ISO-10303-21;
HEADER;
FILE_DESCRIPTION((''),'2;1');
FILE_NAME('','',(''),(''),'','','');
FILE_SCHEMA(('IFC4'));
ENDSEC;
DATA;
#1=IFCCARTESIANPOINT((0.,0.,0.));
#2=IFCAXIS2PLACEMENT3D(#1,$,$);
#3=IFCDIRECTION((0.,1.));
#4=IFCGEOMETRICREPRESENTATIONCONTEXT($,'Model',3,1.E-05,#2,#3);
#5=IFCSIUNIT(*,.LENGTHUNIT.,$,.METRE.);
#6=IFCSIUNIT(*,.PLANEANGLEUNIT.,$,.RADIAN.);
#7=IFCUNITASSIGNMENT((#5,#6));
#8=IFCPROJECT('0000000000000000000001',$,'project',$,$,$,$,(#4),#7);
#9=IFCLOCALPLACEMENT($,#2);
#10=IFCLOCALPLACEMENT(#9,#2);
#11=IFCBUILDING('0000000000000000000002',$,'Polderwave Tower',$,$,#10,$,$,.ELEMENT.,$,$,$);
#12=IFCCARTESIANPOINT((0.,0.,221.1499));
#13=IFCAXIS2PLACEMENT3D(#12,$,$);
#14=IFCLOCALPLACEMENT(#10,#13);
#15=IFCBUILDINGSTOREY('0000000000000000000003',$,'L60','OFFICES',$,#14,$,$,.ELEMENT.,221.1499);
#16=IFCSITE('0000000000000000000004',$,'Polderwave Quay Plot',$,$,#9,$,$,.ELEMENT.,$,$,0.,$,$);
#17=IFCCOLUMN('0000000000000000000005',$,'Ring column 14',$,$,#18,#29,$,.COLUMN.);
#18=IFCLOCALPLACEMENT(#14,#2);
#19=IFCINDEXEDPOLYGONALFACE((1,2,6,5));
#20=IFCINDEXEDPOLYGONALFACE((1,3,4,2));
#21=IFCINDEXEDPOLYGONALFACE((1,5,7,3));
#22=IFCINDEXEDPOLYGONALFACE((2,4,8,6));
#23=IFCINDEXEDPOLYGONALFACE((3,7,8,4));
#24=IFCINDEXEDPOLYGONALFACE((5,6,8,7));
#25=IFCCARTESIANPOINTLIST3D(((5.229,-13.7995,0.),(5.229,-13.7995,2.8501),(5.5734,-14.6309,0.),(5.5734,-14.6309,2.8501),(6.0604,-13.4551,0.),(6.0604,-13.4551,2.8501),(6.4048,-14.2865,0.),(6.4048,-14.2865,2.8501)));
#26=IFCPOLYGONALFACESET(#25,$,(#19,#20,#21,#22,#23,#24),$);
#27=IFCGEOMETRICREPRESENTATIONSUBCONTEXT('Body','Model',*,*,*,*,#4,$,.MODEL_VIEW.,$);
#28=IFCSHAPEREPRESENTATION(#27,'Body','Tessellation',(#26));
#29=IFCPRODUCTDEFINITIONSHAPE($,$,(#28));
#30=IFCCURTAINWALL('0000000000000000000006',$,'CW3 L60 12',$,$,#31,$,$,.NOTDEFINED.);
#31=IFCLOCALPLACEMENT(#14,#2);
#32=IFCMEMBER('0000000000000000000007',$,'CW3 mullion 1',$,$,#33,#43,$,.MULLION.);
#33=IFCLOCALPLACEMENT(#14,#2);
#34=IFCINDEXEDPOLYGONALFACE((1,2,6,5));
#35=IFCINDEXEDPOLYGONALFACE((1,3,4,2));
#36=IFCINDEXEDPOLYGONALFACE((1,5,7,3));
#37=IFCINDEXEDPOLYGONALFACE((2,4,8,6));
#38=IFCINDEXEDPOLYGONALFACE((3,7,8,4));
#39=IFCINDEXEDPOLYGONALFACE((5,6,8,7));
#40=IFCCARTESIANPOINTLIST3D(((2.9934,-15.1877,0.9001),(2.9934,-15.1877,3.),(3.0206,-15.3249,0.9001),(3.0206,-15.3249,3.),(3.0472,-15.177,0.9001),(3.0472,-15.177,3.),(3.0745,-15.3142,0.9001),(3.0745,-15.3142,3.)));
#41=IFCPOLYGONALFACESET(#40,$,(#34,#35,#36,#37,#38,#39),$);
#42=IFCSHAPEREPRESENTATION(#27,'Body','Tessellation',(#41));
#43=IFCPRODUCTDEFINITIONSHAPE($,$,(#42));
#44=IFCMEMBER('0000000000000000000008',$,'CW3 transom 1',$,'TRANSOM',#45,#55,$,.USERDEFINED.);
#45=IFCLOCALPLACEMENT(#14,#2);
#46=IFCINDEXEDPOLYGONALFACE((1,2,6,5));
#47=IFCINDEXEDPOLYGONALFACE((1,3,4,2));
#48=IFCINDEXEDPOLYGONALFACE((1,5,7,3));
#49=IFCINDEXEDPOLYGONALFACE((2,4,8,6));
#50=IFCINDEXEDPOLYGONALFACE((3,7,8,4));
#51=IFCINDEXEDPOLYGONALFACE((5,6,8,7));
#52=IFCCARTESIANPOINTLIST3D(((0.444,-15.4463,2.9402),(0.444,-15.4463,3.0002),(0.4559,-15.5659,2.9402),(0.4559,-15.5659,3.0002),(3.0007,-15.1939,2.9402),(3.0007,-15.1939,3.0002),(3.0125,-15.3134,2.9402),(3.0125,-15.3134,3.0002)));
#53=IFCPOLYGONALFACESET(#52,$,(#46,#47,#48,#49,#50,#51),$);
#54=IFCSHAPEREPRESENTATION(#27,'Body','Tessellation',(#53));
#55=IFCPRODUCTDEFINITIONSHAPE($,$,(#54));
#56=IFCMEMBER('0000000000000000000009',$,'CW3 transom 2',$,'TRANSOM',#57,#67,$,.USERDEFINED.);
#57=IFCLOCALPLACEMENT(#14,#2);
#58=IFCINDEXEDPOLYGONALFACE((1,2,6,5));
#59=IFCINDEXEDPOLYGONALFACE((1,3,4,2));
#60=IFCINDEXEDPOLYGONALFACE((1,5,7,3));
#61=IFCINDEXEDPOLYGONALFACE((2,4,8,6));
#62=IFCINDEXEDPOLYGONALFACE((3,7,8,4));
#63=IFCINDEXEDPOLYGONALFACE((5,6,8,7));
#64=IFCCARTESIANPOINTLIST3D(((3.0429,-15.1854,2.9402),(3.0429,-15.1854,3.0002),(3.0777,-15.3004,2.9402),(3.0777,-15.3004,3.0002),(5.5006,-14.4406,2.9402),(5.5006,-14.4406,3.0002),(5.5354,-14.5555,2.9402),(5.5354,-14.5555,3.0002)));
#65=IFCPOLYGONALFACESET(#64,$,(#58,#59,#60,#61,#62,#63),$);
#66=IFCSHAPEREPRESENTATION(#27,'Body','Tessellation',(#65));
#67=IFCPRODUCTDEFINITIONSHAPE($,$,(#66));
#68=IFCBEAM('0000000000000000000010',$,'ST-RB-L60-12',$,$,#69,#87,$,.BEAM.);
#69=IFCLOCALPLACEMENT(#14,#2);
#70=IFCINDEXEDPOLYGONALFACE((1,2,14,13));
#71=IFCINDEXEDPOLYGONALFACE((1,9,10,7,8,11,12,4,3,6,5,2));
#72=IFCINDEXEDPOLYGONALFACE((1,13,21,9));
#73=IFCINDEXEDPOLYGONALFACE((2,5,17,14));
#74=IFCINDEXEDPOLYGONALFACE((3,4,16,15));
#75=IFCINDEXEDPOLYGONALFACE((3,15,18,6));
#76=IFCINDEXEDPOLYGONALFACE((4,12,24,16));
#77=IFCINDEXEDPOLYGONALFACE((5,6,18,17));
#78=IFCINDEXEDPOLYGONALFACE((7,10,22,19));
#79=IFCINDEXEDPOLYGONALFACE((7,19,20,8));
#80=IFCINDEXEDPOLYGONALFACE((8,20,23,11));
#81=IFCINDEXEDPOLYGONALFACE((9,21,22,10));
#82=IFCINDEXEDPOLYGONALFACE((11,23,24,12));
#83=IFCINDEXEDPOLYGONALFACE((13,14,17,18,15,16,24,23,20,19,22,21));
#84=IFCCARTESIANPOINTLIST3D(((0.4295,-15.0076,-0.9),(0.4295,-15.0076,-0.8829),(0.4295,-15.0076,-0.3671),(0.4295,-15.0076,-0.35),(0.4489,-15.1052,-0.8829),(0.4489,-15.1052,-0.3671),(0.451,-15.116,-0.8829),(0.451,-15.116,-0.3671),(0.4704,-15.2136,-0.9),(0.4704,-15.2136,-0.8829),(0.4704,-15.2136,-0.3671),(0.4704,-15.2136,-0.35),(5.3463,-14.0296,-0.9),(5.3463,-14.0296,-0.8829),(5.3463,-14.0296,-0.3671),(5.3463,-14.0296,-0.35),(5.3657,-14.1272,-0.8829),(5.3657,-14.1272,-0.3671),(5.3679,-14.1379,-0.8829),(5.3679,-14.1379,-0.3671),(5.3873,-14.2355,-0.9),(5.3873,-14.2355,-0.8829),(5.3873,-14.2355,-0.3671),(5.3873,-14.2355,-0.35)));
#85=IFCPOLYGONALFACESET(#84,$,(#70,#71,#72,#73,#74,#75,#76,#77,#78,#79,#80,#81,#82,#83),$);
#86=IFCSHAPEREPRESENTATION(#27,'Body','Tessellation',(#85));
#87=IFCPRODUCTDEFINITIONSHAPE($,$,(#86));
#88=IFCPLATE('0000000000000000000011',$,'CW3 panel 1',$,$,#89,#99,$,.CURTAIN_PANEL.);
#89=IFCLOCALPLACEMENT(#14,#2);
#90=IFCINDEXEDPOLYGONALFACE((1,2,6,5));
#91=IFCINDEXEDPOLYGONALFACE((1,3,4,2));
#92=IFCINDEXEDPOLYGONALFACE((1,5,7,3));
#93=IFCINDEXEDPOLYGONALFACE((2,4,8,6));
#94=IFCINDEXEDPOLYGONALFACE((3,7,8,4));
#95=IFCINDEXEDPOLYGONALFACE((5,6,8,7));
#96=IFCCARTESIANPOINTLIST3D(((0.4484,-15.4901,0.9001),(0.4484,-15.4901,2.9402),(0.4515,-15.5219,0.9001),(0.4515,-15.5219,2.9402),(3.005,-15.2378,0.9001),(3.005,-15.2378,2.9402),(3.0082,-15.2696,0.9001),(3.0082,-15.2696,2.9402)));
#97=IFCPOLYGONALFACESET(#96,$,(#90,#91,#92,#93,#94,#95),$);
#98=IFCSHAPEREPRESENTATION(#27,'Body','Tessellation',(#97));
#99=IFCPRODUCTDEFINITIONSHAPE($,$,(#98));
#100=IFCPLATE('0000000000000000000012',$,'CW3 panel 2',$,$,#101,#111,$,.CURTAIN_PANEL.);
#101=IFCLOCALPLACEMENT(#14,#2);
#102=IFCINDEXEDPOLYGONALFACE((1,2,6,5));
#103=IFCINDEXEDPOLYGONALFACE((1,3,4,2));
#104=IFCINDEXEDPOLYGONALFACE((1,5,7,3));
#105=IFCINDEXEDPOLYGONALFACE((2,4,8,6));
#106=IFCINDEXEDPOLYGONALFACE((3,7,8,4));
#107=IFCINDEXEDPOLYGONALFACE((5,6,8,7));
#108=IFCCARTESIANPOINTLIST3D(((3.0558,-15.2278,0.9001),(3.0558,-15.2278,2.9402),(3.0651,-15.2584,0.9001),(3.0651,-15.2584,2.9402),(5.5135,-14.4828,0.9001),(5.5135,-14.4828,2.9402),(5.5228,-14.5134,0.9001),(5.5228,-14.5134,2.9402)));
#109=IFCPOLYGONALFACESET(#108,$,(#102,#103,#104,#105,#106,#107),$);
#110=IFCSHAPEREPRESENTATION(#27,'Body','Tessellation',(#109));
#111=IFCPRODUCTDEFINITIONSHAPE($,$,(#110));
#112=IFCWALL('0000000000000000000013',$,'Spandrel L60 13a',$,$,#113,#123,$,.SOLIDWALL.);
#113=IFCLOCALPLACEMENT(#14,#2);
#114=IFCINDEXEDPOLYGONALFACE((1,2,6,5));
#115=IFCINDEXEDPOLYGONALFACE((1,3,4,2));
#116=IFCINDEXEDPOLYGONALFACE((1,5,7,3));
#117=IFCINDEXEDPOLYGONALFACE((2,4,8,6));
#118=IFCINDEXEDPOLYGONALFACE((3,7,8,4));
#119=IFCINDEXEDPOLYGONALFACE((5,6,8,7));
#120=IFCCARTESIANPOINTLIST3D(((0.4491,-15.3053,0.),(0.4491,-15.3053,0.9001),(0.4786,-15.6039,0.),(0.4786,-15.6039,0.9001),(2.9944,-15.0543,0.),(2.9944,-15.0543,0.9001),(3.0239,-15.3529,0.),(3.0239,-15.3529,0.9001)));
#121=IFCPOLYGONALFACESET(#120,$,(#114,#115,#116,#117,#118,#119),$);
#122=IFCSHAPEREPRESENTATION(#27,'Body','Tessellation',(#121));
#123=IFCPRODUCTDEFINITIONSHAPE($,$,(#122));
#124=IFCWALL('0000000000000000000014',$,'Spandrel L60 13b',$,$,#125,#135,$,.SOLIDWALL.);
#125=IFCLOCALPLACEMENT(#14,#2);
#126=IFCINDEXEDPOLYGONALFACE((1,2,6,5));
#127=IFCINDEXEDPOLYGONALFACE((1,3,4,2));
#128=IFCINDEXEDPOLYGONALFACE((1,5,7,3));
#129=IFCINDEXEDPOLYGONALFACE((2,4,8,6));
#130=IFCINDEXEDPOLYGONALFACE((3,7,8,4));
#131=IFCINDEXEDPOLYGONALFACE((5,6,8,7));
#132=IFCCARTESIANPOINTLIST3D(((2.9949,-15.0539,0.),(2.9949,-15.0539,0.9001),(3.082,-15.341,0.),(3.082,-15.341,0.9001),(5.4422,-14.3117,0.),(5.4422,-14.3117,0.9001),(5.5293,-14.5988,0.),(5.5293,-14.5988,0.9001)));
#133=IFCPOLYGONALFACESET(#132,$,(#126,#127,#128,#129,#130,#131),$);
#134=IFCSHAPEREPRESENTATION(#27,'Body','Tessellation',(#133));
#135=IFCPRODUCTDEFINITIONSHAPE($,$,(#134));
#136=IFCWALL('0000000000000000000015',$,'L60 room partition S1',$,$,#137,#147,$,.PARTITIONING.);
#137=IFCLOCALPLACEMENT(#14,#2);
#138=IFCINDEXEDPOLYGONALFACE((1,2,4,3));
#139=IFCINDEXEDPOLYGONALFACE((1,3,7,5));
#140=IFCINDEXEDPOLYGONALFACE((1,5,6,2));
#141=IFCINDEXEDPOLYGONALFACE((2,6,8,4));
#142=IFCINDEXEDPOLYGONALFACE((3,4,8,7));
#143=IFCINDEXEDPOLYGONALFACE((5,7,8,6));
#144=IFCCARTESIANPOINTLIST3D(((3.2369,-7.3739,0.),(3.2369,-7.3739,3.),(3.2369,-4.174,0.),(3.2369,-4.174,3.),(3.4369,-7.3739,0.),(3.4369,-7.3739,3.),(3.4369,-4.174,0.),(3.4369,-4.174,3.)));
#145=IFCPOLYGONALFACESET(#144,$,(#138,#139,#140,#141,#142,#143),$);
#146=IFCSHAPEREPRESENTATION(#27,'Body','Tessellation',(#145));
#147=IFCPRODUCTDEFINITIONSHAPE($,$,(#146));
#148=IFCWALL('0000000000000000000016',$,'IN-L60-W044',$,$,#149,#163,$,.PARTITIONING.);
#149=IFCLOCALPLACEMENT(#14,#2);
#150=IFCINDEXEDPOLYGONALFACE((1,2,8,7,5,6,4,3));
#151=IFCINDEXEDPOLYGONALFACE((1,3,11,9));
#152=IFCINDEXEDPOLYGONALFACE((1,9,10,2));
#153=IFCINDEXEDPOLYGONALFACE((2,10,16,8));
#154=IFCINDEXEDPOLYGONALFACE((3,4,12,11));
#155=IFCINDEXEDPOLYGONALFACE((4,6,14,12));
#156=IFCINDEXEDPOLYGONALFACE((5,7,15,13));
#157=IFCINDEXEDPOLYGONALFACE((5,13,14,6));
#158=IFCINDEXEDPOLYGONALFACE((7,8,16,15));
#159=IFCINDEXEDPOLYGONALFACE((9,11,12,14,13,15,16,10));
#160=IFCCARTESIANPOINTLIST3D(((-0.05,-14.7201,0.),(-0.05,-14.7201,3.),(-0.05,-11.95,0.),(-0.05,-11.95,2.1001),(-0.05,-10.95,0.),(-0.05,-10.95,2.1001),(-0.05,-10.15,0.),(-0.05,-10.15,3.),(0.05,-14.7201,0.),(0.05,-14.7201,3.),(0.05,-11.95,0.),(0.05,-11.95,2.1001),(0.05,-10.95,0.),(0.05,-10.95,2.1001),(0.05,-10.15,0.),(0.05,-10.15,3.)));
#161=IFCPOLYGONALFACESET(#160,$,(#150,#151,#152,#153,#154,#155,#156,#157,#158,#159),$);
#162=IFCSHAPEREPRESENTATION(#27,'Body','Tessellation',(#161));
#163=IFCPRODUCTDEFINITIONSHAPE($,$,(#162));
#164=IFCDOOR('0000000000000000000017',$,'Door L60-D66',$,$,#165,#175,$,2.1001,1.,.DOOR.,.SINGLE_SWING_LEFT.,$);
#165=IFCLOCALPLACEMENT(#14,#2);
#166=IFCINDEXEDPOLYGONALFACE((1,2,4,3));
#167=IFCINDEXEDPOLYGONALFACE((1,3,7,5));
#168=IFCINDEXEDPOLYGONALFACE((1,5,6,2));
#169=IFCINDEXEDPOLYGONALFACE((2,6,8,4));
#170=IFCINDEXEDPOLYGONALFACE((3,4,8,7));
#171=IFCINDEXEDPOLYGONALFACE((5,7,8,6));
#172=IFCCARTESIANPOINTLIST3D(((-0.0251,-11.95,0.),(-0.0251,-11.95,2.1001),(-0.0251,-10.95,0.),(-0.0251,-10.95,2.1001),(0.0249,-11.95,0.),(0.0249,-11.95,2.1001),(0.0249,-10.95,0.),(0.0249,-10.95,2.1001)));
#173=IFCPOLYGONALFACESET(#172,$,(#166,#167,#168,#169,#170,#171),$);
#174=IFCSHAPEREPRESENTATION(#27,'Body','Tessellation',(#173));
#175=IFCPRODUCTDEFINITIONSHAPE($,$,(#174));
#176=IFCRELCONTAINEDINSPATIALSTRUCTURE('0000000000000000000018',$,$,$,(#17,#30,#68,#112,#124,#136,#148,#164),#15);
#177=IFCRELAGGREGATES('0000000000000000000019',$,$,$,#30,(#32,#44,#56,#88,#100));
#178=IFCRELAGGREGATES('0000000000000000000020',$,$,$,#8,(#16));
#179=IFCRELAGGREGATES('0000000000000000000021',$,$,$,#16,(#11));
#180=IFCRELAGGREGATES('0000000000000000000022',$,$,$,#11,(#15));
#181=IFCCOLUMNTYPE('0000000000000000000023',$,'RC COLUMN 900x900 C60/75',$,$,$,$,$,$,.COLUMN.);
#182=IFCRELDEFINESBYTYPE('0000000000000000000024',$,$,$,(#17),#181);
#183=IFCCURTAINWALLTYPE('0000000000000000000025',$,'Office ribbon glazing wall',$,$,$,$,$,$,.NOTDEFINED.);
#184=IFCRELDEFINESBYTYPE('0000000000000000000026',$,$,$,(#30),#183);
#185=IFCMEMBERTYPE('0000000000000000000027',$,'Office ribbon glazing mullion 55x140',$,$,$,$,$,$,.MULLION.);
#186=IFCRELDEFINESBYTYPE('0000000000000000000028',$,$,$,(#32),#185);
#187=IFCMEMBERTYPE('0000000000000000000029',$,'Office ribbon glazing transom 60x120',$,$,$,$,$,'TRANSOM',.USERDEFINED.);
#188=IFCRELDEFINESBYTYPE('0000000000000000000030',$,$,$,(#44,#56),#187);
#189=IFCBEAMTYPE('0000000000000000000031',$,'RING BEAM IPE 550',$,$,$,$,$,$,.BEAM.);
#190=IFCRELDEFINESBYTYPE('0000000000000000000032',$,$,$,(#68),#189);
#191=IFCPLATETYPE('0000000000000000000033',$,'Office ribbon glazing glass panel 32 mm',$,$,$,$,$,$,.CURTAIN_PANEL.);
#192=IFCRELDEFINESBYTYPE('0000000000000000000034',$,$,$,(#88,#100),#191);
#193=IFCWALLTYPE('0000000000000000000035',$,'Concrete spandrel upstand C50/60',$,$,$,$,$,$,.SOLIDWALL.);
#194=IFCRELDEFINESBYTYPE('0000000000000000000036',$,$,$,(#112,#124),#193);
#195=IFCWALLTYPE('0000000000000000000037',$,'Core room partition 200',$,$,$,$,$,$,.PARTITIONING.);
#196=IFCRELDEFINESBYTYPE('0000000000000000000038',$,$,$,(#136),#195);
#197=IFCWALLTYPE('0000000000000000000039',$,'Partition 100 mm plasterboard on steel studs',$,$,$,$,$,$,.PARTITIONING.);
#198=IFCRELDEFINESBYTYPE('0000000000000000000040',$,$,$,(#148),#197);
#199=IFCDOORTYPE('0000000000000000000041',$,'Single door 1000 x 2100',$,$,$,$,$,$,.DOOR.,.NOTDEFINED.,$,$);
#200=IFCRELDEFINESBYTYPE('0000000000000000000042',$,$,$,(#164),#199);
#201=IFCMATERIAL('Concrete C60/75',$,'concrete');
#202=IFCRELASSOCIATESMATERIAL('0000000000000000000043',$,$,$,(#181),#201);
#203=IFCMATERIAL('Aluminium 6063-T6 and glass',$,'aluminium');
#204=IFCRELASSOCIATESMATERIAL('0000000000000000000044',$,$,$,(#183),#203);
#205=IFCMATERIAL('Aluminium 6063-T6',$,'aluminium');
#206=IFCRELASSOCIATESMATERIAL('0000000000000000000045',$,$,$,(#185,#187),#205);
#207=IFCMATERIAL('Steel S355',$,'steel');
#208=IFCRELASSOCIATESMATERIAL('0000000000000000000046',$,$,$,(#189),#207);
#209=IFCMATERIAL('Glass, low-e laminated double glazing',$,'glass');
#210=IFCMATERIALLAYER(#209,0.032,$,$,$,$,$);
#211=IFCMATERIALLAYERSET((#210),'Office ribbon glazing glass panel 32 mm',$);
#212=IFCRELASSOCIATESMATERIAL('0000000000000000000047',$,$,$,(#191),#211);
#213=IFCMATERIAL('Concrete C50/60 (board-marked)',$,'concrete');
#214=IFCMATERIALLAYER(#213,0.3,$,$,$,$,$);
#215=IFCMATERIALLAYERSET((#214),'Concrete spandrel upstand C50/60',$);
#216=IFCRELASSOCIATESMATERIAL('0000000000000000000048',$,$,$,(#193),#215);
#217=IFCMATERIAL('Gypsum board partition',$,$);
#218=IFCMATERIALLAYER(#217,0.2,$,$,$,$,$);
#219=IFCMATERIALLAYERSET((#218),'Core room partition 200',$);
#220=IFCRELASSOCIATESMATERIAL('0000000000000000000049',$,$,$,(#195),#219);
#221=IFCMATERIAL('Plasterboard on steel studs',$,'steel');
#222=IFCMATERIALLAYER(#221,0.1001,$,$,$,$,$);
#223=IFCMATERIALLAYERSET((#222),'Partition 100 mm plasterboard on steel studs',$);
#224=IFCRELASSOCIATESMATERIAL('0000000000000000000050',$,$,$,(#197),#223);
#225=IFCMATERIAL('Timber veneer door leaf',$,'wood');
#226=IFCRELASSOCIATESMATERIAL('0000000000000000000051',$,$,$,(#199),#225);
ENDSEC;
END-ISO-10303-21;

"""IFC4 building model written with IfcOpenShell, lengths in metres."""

from ifc_helpers import new_model, si_unit, direction, frame, frame_2d, origin, origin_2d, place, context, subcontext, project, spatial, rectangle, i_section, extrude, material, layer, layer_set, material_profile, profile_set, type_object, element, fill, aggregate, save


model = new_model("IFC4")

# Units and contexts
model_context = context("Model", 3, precision=1e-05, world=origin(), true_north=direction((0.0, 1.0)))
body_context = subcontext(model_context, "Body", "Model", "MODEL_VIEW")
ifc_project = project(units=[si_unit("LENGTHUNIT", "METRE"), si_unit("PLANEANGLEUNIT", "RADIAN")], contexts=[model_context])

# Site, building, storey
site_placement = place(None, origin())
site = spatial("IfcSite", under=ifc_project, at=site_placement, Name="Polderwave Quay Plot", CompositionType="ELEMENT", RefElevation=0.0)
building_placement = place(site_placement, origin())
building = spatial("IfcBuilding", under=site, at=building_placement, Name="Polderwave Tower", CompositionType="ELEMENT")
storey_placement = place(building_placement, frame((0.0, 0.0, 221.1499)))
storey = spatial("IfcBuildingStorey", under=building, at=storey_placement, Name="L60", Description="OFFICES", CompositionType="ELEMENT", Elevation=221.1499)

# Column
ifc_material_1 = material(Name="Concrete C60/75", Category="concrete")
ifc_material_profile_1 = material_profile(ifc_material_1, rectangle(XDim=0.8999, YDim=0.8999, at=origin_2d()), Name="RC 900x900")
ifc_profile_set_1 = profile_set([ifc_material_profile_1], Name="Concrete C60/75")
column_type = type_object("IfcColumnType", Name="RC COLUMN 900x900 C60/75", PredefinedType="COLUMN", material=ifc_profile_set_1)
column_placement = place(storey_placement, frame((5.8169, -14.043, 0.0), z_axis=(0.0, 0.0, 1.0), x_axis=(0.382683, -0.92388, 0.0)))
element("IfcColumn", 1, at=column_placement, inside=storey, type_object=column_type, Name="Ring column 14", PredefinedType="COLUMN", context=body_context, shape_type="SweptSolid", body=[
    extrude(rectangle(XDim=0.8999, YDim=0.8999, at=origin_2d()), origin(), (0.0, 0.0, 1.0), 2.8501),
])

# Curtain wall, members
ifc_material_2 = material(Name="Aluminium 6063-T6 and glass", Category="aluminium")
curtain_wall_type = type_object("IfcCurtainWallType", Name="Office ribbon glazing wall", PredefinedType="NOTDEFINED", material=ifc_material_2)
curtain_wall_placement = place(storey_placement, origin())
curtain_wall = element("IfcCurtainWall", 2, at=curtain_wall_placement, inside=storey, type_object=curtain_wall_type, Name="CW3 L60 12", PredefinedType="NOTDEFINED")
ifc_material_3 = material(Name="Aluminium 6063-T6", Category="aluminium")
ifc_material_profile_2 = material_profile(ifc_material_3, rectangle(XDim=0.1399, YDim=0.0549, at=origin_2d()), Name="AL 55x140")
ifc_profile_set_2 = profile_set([ifc_material_profile_2], Name="Aluminium 6063-T6")
member_type_1 = type_object("IfcMemberType", Name="Office ribbon glazing mullion 55x140", PredefinedType="MULLION", material=ifc_profile_set_2)
member_1_placement = place(storey_placement, frame((3.0339, -15.251, 0.9001), z_axis=(0.0, 0.0, 1.0), x_axis=(-0.195092, 0.980785, 0.0)))
member_1 = element("IfcMember", 3, at=member_1_placement, type_object=member_type_1, Name="CW3 mullion 1", PredefinedType="MULLION", context=body_context, shape_type="SweptSolid", body=[
    extrude(rectangle(XDim=0.1399, YDim=0.0549, at=origin_2d()), origin(), (0.0, 0.0, 1.0), 2.0999),
])
ifc_material_profile_3 = material_profile(ifc_material_3, rectangle(XDim=0.1201, YDim=0.0601, at=origin_2d()), Name="AL 60x120")
ifc_profile_set_3 = profile_set([ifc_material_profile_3], Name="Aluminium 6063-T6")
member_type_2 = type_object("IfcMemberType", Name="Office ribbon glazing transom 60x120", ElementType="TRANSOM", PredefinedType="USERDEFINED", material=ifc_profile_set_3)
member_2_placement = place(storey_placement, frame((0.45, -15.5061, 2.9702), z_axis=(0.995161, 0.098262, 0.0), x_axis=(-0.098262, 0.995161, 0.0)))
member_2 = element("IfcMember", 4, at=member_2_placement, type_object=member_type_2, Name="CW3 transom 1", ObjectType="TRANSOM", PredefinedType="USERDEFINED", context=body_context, shape_type="SweptSolid", body=[
    extrude(rectangle(XDim=0.1201, YDim=0.0601, at=origin_2d()), origin(), (0.0, 0.0, 1.0), 2.5691),
])
member_3_placement = place(storey_placement, frame((3.0603, -15.2429, 2.9702), z_axis=(0.957014, 0.290042, 0.0), x_axis=(-0.290042, 0.957014, 0.0)))
member_3 = element("IfcMember", 5, at=member_3_placement, type_object=member_type_2, Name="CW3 transom 2", ObjectType="TRANSOM", PredefinedType="USERDEFINED", context=body_context, shape_type="SweptSolid", body=[
    extrude(rectangle(XDim=0.1201, YDim=0.0601, at=origin_2d()), origin(), (0.0, 0.0, 1.0), 2.5681),
])

# Beam
ifc_material_4 = material(Name="Steel S355", Category="steel")
ifc_material_profile_4 = material_profile(ifc_material_4, i_section(OverallWidth=0.21, OverallDepth=0.55, WebThickness=0.011, FlangeThickness=0.0171, at=origin_2d()), Name="IPE 550")
ifc_profile_set_4 = profile_set([ifc_material_profile_4], Name="Steel S355")
beam_type = type_object("IfcBeamType", Name="RING BEAM IPE 550", PredefinedType="BEAM", material=ifc_profile_set_4)
beam_placement = place(storey_placement, frame((0.45, -15.1106, -0.625), z_axis=(0.980784, 0.195095, 0.0), x_axis=(-0.195095, 0.980784, 0.0)))
element("IfcBeam", 6, at=beam_placement, inside=storey, type_object=beam_type, Name="ST-RB-L60-12", PredefinedType="BEAM", context=body_context, shape_type="SweptSolid", body=[
    extrude(i_section(OverallWidth=0.21, OverallDepth=0.55, WebThickness=0.011, FlangeThickness=0.0171, at=origin_2d()), origin(), (0.0, 0.0, 1.0), 5.0132),
])

# Plates
ifc_material_5 = material(Name="Glass, low-e laminated double glazing", Category="glass")
ifc_layer_1 = layer(ifc_material_5, 0.032)
ifc_layer_set_1 = layer_set([ifc_layer_1], Name="Office ribbon glazing glass panel 32 mm")
plate_type = type_object("IfcPlateType", Name="Office ribbon glazing glass panel 32 mm", PredefinedType="CURTAIN_PANEL", material=ifc_layer_set_1)
plate_1_placement = place(storey_placement, frame((1.7283, -15.3799, 0.9001), z_axis=(0.0, 0.0, 1.0), x_axis=(0.995166, 0.098206, 0.0)))
plate_1 = element("IfcPlate", 7, at=plate_1_placement, type_object=plate_type, Name="CW3 panel 1", PredefinedType="CURTAIN_PANEL", context=body_context, shape_type="SweptSolid", body=[
    extrude(rectangle(XDim=2.5691, YDim=0.032, at=origin_2d()), origin(), (0.0, 0.0, 1.0), 2.04),
])
plate_2_placement = place(storey_placement, frame((4.2893, -14.8706, 0.9001), z_axis=(0.0, 0.0, 1.0), x_axis=(0.956995, 0.290104, 0.0)))
plate_2 = element("IfcPlate", 8, at=plate_2_placement, type_object=plate_type, Name="CW3 panel 2", PredefinedType="CURTAIN_PANEL", context=body_context, shape_type="SweptSolid", body=[
    extrude(rectangle(XDim=2.5681, YDim=0.032, at=origin_2d()), origin(), (0.0, 0.0, 1.0), 2.04),
])
aggregate(curtain_wall, [member_1, member_2, member_3, plate_1, plate_2])

# Walls
ifc_material_6 = material(Name="Concrete C50/60 (board-marked)", Category="concrete")
ifc_layer_2 = layer(ifc_material_6, 0.3)
ifc_layer_set_2 = layer_set([ifc_layer_2], Name="Concrete spandrel upstand C50/60")
wall_type_1 = type_object("IfcWallType", Name="Concrete spandrel upstand C50/60", PredefinedType="SOLIDWALL", material=ifc_layer_set_2)
wall_1_placement = place(storey_placement, frame((0.4639, -15.4546, 0.0), z_axis=(0.0, 0.0, 1.0), x_axis=(0.995173, 0.098133, 0.0)))
element("IfcWall", 9, at=wall_1_placement, inside=storey, type_object=wall_type_1, Name="Spandrel L60 13a", PredefinedType="SOLIDWALL", context=body_context, shape_type="SweptSolid", body=[
    extrude(rectangle(XDim=2.5576, YDim=0.3, at=frame_2d((1.2788, 0.0))), origin(), (0.0, 0.0, 1.0), 0.9001),
])
wall_2_placement = place(storey_placement, frame((3.0383, -15.1975, 0.0), z_axis=(0.0, 0.0, 1.0), x_axis=(0.95696, 0.290219, 0.0)))
element("IfcWall", 10, at=wall_2_placement, inside=storey, type_object=wall_type_1, Name="Spandrel L60 13b", PredefinedType="SOLIDWALL", context=body_context, shape_type="SweptSolid", body=[
    extrude(rectangle(XDim=2.5574, YDim=0.3, at=frame_2d((1.2788, 0.0))), origin(), (0.0, 0.0, 1.0), 0.9001),
])
ifc_material_7 = material(Name="Gypsum board partition")
ifc_layer_3 = layer(ifc_material_7, 0.2)
ifc_layer_set_3 = layer_set([ifc_layer_3], Name="Core room partition 200")
wall_type_2 = type_object("IfcWallType", Name="Core room partition 200", PredefinedType="PARTITIONING", material=ifc_layer_set_3)
wall_3_placement = place(storey_placement, frame((3.3369, -7.374, 0.0), z_axis=(0.0, 0.0, 1.0), x_axis=(0.0, 1.0, 0.0)))
element("IfcWall", 11, at=wall_3_placement, inside=storey, type_object=wall_type_2, Name="L60 room partition S1", PredefinedType="PARTITIONING", context=body_context, shape_type="SweptSolid", body=[
    extrude(rectangle(XDim=3.2, YDim=0.2, at=frame_2d((1.6001, 0.0))), origin(), (0.0, 0.0, 1.0), 3.0),
])

# Wall, opening, door
ifc_material_8 = material(Name="Plasterboard on steel studs", Category="steel")
ifc_layer_4 = layer(ifc_material_8, 0.1001)
ifc_layer_set_4 = layer_set([ifc_layer_4], Name="Partition 100 mm plasterboard on steel studs")
wall_type_3 = type_object("IfcWallType", Name="Partition 100 mm plasterboard on steel studs", PredefinedType="PARTITIONING", material=ifc_layer_set_4)
wall_4_placement = place(storey_placement, frame((0.0, -10.1499, 0.0), z_axis=(0.0, 0.0, 1.0), x_axis=(0.0, -1.0, 0.0)))
wall_4 = element("IfcWall", 12, at=wall_4_placement, inside=storey, type_object=wall_type_3, Name="IN-L60-W044", PredefinedType="PARTITIONING", context=body_context, shape_type="SweptSolid", body=[
    extrude(rectangle(XDim=4.5701, YDim=0.1001, at=frame_2d((2.2852, 0.0))), origin(), (0.0, 0.0, 1.0), 3.0),
])
opening_1_placement = place(wall_4_placement, frame((0.8, 0.0, 0.0)))
opening_1 = element("IfcOpeningElement", 13, at=opening_1_placement, cuts=wall_4, PredefinedType="OPENING", context=body_context, shape_type="SweptSolid", body=[
    extrude(rectangle(XDim=1.0, YDim=2.1001, at=frame_2d((0.5, 1.05))), frame((0.0, 0.0601, 0.0), z_axis=(0.0, -1.0, 0.0), x_axis=(1.0, 0.0, 0.0)), (0.0, 0.0, 1.0), 0.1201),
])
ifc_material_9 = material(Name="Timber veneer door leaf", Category="wood")
door_type = type_object("IfcDoorType", Name="Single door 1000 x 2100", OperationType="NOTDEFINED", PredefinedType="DOOR", material=ifc_material_9)
door_1_placement = place(opening_1_placement, origin())
door_1 = element("IfcDoor", 14, at=door_1_placement, inside=storey, type_object=door_type, Name="Door L60-D66", OperationType="SINGLE_SWING_LEFT", OverallHeight=2.1001, OverallWidth=1.0, PredefinedType="DOOR", context=body_context, shape_type="SweptSolid", body=[
    extrude(rectangle(XDim=1.0, YDim=2.1001, at=frame_2d((0.5, 1.05))), frame((0.0, 0.0249, 0.0), z_axis=(0.0, -1.0, 0.0), x_axis=(1.0, 0.0, 0.0)), (0.0, 0.0, 1.0), 0.05),
])
fill(opening_1, door_1)

save(model, "model.ifc")
